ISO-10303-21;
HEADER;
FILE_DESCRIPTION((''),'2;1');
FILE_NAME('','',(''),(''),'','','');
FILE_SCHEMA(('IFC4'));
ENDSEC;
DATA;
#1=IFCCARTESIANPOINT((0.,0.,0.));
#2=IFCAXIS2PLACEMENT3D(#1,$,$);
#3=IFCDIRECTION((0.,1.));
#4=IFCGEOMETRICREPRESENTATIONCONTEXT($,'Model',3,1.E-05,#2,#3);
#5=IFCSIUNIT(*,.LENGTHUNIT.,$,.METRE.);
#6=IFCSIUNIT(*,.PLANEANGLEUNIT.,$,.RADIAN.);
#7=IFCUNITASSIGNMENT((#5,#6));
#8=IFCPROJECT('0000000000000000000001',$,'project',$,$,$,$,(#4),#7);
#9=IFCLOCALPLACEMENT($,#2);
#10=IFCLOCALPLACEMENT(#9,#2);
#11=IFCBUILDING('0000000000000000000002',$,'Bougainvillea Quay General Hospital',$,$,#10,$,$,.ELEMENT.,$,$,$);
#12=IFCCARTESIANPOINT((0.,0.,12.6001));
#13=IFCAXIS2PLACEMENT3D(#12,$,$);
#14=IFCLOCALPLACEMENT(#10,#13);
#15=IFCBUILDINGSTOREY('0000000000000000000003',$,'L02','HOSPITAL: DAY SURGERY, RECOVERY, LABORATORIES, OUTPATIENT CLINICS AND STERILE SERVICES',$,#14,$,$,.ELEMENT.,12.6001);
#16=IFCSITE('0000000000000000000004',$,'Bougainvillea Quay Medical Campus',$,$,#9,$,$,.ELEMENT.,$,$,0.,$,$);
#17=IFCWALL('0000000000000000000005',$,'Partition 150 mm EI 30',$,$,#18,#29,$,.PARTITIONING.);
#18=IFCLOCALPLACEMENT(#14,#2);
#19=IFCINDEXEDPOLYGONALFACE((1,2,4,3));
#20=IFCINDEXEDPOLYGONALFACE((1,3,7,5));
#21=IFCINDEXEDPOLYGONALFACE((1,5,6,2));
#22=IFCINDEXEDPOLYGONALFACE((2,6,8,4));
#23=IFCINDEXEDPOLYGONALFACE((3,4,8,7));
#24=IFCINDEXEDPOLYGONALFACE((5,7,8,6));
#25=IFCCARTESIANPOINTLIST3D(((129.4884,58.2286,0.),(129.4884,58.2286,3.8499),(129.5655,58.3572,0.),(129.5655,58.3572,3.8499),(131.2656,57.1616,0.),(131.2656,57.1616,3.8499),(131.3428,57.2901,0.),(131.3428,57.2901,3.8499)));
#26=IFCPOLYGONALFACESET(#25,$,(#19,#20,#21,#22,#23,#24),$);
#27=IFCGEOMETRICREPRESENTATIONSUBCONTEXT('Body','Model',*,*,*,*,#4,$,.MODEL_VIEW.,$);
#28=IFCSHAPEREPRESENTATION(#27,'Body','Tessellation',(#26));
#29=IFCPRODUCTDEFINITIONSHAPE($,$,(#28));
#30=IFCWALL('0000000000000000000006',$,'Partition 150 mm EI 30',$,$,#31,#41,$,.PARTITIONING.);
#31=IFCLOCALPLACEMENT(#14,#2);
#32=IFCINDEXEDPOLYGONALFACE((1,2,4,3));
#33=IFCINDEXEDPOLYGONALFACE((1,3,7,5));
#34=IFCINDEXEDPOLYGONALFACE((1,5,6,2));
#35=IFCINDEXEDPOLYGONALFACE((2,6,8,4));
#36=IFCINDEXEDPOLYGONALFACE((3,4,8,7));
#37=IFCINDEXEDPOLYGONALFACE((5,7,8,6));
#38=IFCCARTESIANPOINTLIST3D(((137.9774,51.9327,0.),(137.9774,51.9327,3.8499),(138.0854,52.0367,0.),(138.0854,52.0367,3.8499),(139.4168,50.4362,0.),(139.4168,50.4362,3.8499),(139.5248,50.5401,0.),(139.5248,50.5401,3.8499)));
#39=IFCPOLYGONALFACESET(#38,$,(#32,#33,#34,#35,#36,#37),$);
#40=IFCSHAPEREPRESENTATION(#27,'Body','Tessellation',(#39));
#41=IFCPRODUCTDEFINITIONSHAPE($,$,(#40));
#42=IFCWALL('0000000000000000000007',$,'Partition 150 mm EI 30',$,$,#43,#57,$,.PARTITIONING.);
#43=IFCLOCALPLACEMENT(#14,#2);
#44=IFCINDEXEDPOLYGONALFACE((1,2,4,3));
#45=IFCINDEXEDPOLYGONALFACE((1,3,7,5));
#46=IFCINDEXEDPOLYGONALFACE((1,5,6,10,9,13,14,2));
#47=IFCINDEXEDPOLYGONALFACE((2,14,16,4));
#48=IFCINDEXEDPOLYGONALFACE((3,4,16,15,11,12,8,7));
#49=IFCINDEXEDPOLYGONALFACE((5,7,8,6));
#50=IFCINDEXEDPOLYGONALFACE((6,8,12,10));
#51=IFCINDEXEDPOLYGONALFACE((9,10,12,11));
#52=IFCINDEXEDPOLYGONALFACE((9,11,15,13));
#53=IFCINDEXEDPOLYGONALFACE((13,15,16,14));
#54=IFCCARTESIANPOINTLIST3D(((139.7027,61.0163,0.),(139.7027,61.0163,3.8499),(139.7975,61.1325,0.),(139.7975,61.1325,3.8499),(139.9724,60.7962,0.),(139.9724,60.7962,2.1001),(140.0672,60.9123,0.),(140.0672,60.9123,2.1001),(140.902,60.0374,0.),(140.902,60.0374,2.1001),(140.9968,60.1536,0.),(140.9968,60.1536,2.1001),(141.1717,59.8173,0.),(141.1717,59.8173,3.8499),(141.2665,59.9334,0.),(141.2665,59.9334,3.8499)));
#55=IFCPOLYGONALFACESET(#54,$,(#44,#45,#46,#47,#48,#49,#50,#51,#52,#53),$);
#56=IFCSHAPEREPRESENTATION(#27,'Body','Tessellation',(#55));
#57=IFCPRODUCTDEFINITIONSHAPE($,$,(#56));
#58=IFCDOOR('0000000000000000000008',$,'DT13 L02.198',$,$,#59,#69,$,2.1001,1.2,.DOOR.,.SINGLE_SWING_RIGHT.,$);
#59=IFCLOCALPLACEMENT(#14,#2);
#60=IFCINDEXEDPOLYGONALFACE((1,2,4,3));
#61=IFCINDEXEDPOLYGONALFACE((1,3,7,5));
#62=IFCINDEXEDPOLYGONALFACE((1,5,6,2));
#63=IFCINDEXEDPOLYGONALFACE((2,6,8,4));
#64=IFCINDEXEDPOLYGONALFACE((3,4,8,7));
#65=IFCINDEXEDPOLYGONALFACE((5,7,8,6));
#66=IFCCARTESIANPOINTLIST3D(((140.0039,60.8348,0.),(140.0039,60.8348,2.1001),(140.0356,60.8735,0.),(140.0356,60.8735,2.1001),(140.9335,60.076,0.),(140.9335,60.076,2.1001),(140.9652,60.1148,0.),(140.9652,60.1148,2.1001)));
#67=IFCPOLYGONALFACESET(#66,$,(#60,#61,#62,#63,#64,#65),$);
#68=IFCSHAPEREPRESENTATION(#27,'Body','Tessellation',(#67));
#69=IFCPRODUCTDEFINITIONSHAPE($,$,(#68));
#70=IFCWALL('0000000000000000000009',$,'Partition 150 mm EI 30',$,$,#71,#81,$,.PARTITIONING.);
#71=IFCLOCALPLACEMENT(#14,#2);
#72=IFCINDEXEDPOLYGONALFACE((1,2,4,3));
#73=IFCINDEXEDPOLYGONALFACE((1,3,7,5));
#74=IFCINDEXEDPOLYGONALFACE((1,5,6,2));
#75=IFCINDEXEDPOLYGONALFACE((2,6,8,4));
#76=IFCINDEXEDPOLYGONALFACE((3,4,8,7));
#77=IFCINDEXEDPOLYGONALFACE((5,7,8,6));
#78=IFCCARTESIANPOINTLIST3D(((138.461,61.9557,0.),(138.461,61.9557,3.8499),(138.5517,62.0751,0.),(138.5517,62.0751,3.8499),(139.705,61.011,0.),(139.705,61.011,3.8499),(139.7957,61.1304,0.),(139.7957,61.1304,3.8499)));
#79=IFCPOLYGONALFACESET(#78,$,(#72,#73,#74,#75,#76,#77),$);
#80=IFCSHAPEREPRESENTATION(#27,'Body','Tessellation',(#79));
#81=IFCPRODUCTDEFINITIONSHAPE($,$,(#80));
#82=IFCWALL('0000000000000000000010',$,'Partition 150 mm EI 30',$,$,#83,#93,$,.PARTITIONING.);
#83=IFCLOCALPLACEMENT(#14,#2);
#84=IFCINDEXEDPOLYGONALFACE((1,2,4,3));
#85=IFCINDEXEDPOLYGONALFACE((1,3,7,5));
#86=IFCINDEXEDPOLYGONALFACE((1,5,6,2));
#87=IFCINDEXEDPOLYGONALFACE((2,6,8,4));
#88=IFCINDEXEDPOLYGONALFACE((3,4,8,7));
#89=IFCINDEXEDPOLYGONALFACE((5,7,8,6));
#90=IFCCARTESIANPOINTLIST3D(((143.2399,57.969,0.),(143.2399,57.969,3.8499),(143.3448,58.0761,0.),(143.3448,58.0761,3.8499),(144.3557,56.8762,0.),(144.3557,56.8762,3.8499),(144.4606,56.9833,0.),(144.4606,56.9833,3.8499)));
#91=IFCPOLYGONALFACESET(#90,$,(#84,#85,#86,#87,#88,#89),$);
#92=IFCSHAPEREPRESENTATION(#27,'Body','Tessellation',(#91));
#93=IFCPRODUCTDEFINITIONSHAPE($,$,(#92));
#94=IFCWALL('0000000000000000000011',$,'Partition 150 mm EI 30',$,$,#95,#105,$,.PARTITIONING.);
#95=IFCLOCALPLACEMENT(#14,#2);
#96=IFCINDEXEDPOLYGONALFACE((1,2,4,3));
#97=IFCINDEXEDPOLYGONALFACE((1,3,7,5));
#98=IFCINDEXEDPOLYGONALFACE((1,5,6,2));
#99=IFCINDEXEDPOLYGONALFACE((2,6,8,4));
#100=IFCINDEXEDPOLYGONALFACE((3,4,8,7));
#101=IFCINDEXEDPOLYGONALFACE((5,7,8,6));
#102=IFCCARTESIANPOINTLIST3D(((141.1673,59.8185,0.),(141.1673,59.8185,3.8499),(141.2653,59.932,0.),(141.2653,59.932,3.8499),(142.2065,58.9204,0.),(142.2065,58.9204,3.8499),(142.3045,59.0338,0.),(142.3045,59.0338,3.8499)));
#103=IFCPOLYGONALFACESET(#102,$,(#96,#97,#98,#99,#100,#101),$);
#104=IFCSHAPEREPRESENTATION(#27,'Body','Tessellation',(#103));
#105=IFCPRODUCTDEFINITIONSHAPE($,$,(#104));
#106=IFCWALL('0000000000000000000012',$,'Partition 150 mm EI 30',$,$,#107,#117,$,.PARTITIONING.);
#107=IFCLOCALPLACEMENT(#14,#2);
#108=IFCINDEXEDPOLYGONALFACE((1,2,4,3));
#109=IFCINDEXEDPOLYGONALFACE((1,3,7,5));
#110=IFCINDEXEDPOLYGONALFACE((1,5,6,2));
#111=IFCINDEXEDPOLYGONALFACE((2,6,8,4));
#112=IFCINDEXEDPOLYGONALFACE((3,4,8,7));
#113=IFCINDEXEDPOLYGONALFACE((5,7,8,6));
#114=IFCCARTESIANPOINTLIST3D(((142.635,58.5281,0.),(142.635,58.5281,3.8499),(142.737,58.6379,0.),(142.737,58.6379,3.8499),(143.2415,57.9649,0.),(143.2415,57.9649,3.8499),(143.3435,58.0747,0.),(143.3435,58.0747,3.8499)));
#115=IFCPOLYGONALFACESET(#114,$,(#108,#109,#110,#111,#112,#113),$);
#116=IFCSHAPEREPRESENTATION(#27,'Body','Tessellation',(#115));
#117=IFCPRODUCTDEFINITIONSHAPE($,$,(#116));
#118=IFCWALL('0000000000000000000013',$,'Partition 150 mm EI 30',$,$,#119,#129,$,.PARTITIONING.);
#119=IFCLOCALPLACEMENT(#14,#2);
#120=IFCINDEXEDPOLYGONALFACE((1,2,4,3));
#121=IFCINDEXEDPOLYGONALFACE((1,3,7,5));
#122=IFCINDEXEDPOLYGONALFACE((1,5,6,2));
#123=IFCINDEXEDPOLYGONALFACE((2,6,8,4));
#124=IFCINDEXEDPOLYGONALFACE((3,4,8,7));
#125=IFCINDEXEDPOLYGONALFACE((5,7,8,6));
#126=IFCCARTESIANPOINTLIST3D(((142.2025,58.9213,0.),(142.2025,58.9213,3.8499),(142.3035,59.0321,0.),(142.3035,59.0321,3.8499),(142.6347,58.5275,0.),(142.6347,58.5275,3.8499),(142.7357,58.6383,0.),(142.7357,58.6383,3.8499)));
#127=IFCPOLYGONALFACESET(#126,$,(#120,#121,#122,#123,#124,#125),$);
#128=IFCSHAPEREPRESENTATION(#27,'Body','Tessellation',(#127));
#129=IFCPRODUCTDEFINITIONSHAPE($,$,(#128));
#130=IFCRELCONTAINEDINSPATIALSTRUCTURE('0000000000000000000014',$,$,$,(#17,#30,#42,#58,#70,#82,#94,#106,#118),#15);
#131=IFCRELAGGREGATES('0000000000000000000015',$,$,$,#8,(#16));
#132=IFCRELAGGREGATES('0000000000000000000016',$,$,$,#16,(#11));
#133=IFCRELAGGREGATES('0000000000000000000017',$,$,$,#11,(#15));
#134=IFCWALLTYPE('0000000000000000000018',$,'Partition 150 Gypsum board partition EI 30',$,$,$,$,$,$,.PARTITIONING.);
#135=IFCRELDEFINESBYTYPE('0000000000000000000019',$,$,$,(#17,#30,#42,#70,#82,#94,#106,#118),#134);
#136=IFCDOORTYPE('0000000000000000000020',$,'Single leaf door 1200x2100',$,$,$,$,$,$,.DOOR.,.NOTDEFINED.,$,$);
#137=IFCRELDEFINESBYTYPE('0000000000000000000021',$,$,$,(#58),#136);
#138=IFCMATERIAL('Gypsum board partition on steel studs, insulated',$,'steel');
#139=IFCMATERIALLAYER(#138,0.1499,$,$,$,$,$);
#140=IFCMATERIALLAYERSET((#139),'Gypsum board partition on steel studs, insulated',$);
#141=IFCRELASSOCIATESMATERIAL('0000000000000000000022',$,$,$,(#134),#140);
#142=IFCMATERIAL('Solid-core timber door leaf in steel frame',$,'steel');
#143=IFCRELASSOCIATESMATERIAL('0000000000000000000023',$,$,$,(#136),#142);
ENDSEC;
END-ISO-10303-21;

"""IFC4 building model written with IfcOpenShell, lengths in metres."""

from ifc_helpers import new_model, si_unit, direction, frame, frame_2d, origin, place, context, subcontext, project, spatial, rectangle, extrude, material, layer, layer_set, type_object, element, fill, save


model = new_model("IFC4")

# Units and contexts
model_context = context("Model", 3, precision=1e-05, world=origin(), true_north=direction((0.0, 1.0)))
body_context = subcontext(model_context, "Body", "Model", "MODEL_VIEW")
ifc_project = project(units=[si_unit("LENGTHUNIT", "METRE"), si_unit("PLANEANGLEUNIT", "RADIAN")], contexts=[model_context])

# Site, building, storey
site_placement = place(None, origin())
site = spatial("IfcSite", under=ifc_project, at=site_placement, Name="Bougainvillea Quay Medical Campus", CompositionType="ELEMENT", RefElevation=0.0)
building_placement = place(site_placement, origin())
building = spatial("IfcBuilding", under=site, at=building_placement, Name="Bougainvillea Quay General Hospital", CompositionType="ELEMENT")
storey_placement = place(building_placement, frame((0.0, 0.0, 12.6001)))
storey = spatial("IfcBuildingStorey", under=building, at=storey_placement, Name="L02", Description="HOSPITAL: DAY SURGERY, RECOVERY, LABORATORIES, OUTPATIENT CLINICS AND STERILE SERVICES", CompositionType="ELEMENT", Elevation=12.6001)

# Shared definitions
ifc_material_1 = material(Name="Gypsum board partition on steel studs, insulated", Category="steel")
ifc_layer_1 = layer(ifc_material_1, 0.1499)
ifc_layer_set_1 = layer_set([ifc_layer_1], Name="Gypsum board partition on steel studs, insulated")
wall_type_1 = type_object("IfcWallType", Name="Partition 150 Gypsum board partition EI 30", PredefinedType="PARTITIONING", material=ifc_layer_set_1)

# Shared definitions
ifc_material_2 = material(Name="Solid-core timber door leaf in steel frame", Category="steel")

# Walls
wall_1_placement = place(storey_placement, frame((129.5269, 58.293, 0.0), z_axis=(0.0, 0.0, 1.0), x_axis=(0.857337, -0.514756, 0.0)))
element("IfcWall", 1, at=wall_1_placement, inside=storey, type_object=wall_type_1, Name="Partition 150 mm EI 30", PredefinedType="PARTITIONING", context=body_context, shape_type="SweptSolid", body=[
    extrude(rectangle(XDim=2.073, YDim=0.1499, at=frame_2d((1.0366, 0.0))), origin(), (0.0, 0.0, 1.0), 3.8499),
])
wall_2_placement = place(storey_placement, frame((138.0315, 51.9846, 0.0), z_axis=(0.0, 0.0, 1.0), x_axis=(0.693217, -0.720729, 0.0)))
element("IfcWall", 2, at=wall_2_placement, inside=storey, type_object=wall_type_1, Name="Partition 150 mm EI 30", PredefinedType="PARTITIONING", context=body_context, shape_type="SweptSolid", body=[
    extrude(rectangle(XDim=2.0764, YDim=0.1499, at=frame_2d((1.0381, 0.0))), origin(), (0.0, 0.0, 1.0), 3.8499),
])

# Wall, opening, door
wall_3_placement = place(storey_placement, frame((139.75, 61.0745, 0.0), z_axis=(0.0, 0.0, 1.0), x_axis=(0.774714, -0.632312, 0.0)))
wall_3 = element("IfcWall", 3, at=wall_3_placement, inside=storey, type_object=wall_type_1, Name="Partition 150 mm EI 30", PredefinedType="PARTITIONING", context=body_context, shape_type="SweptSolid", body=[
    extrude(rectangle(XDim=1.8962, YDim=0.1499, at=frame_2d((0.9482, 0.0))), origin(), (0.0, 0.0, 1.0), 3.8499),
])
opening_1_placement = place(wall_3_placement, frame((0.3481, 0.0, 0.0)))
opening_1 = element("IfcOpeningElement", 4, at=opening_1_placement, cuts=wall_3, PredefinedType="OPENING", context=body_context, shape_type="SweptSolid", body=[
    extrude(rectangle(XDim=1.2, YDim=2.1001, at=frame_2d((0.6001, 1.05))), frame((0.0, 0.085, 0.0), z_axis=(0.0, -1.0, 0.0), x_axis=(1.0, 0.0, 0.0)), (0.0, 0.0, 1.0), 0.1699),
])
door_type_1 = type_object("IfcDoorType", Name="Single leaf door 1200x2100", OperationType="NOTDEFINED", PredefinedType="DOOR", material=ifc_material_2)
door_1_placement = place(opening_1_placement, origin())
door_1 = element("IfcDoor", 5, at=door_1_placement, inside=storey, type_object=door_type_1, Name="DT13 L02.198", OperationType="SINGLE_SWING_RIGHT", OverallHeight=2.1001, OverallWidth=1.2, PredefinedType="DOOR", context=body_context, shape_type="SweptSolid", body=[
    extrude(rectangle(XDim=1.2, YDim=2.1001, at=frame_2d((0.6001, 1.05))), frame((0.0, 0.0249, 0.0), z_axis=(0.0, -1.0, 0.0), x_axis=(1.0, 0.0, 0.0)), (0.0, 0.0, 1.0), 0.05),
])
fill(opening_1, door_1)

# Walls
wall_4_placement = place(storey_placement, frame((138.5063, 62.0154, 0.0), z_axis=(0.0, 0.0, 1.0), x_axis=(0.796403, -0.604766, 0.0)))
element("IfcWall", 6, at=wall_4_placement, inside=storey, type_object=wall_type_1, Name="Partition 150 mm EI 30", PredefinedType="PARTITIONING", context=body_context, shape_type="SweptSolid", body=[
    extrude(rectangle(XDim=1.562, YDim=0.1499, at=frame_2d((0.781, 0.0))), origin(), (0.0, 0.0, 1.0), 3.8499),
])
wall_5_placement = place(storey_placement, frame((143.2925, 58.0225, 0.0), z_axis=(0.0, 0.0, 1.0), x_axis=(0.714416, -0.699721, 0.0)))
element("IfcWall", 7, at=wall_5_placement, inside=storey, type_object=wall_type_1, Name="Partition 150 mm EI 30", PredefinedType="PARTITIONING", context=body_context, shape_type="SweptSolid", body=[
    extrude(rectangle(XDim=1.5618, YDim=0.1499, at=frame_2d((0.7808, 0.0))), origin(), (0.0, 0.0, 1.0), 3.8499),
])
wall_6_placement = place(storey_placement, frame((141.2163, 59.8752, 0.0), z_axis=(0.0, 0.0, 1.0), x_axis=(0.756603, -0.653874, 0.0)))
element("IfcWall", 8, at=wall_6_placement, inside=storey, type_object=wall_type_1, Name="Partition 150 mm EI 30", PredefinedType="PARTITIONING", context=body_context, shape_type="SweptSolid", body=[
    extrude(rectangle(XDim=1.3735, YDim=0.1499, at=frame_2d((0.6868, 0.0))), origin(), (0.0, 0.0, 1.0), 3.8499),
])
wall_7_placement = place(storey_placement, frame((142.686, 58.583, 0.0), z_axis=(0.0, 0.0, 1.0), x_axis=(0.73273, -0.680519, 0.0)))
element("IfcWall", 9, at=wall_7_placement, inside=storey, type_object=wall_type_1, Name="Partition 150 mm EI 30", PredefinedType="PARTITIONING", context=body_context, shape_type="SweptSolid", body=[
    extrude(rectangle(XDim=0.8276, YDim=0.1499, at=frame_2d((0.4138, 0.0))), origin(), (0.0, 0.0, 1.0), 3.8499),
])
wall_8_placement = place(storey_placement, frame((142.2529, 58.9768, 0.0), z_axis=(0.0, 0.0, 1.0), x_axis=(0.739127, -0.673566, 0.0)))
element("IfcWall", 10, at=wall_8_placement, inside=storey, type_object=wall_type_1, Name="Partition 150 mm EI 30", PredefinedType="PARTITIONING", context=body_context, shape_type="SweptSolid", body=[
    extrude(rectangle(XDim=0.5847, YDim=0.1499, at=frame_2d((0.2925, 0.0))), origin(), (0.0, 0.0, 1.0), 3.8499),
])

save(model, "model.ifc")
